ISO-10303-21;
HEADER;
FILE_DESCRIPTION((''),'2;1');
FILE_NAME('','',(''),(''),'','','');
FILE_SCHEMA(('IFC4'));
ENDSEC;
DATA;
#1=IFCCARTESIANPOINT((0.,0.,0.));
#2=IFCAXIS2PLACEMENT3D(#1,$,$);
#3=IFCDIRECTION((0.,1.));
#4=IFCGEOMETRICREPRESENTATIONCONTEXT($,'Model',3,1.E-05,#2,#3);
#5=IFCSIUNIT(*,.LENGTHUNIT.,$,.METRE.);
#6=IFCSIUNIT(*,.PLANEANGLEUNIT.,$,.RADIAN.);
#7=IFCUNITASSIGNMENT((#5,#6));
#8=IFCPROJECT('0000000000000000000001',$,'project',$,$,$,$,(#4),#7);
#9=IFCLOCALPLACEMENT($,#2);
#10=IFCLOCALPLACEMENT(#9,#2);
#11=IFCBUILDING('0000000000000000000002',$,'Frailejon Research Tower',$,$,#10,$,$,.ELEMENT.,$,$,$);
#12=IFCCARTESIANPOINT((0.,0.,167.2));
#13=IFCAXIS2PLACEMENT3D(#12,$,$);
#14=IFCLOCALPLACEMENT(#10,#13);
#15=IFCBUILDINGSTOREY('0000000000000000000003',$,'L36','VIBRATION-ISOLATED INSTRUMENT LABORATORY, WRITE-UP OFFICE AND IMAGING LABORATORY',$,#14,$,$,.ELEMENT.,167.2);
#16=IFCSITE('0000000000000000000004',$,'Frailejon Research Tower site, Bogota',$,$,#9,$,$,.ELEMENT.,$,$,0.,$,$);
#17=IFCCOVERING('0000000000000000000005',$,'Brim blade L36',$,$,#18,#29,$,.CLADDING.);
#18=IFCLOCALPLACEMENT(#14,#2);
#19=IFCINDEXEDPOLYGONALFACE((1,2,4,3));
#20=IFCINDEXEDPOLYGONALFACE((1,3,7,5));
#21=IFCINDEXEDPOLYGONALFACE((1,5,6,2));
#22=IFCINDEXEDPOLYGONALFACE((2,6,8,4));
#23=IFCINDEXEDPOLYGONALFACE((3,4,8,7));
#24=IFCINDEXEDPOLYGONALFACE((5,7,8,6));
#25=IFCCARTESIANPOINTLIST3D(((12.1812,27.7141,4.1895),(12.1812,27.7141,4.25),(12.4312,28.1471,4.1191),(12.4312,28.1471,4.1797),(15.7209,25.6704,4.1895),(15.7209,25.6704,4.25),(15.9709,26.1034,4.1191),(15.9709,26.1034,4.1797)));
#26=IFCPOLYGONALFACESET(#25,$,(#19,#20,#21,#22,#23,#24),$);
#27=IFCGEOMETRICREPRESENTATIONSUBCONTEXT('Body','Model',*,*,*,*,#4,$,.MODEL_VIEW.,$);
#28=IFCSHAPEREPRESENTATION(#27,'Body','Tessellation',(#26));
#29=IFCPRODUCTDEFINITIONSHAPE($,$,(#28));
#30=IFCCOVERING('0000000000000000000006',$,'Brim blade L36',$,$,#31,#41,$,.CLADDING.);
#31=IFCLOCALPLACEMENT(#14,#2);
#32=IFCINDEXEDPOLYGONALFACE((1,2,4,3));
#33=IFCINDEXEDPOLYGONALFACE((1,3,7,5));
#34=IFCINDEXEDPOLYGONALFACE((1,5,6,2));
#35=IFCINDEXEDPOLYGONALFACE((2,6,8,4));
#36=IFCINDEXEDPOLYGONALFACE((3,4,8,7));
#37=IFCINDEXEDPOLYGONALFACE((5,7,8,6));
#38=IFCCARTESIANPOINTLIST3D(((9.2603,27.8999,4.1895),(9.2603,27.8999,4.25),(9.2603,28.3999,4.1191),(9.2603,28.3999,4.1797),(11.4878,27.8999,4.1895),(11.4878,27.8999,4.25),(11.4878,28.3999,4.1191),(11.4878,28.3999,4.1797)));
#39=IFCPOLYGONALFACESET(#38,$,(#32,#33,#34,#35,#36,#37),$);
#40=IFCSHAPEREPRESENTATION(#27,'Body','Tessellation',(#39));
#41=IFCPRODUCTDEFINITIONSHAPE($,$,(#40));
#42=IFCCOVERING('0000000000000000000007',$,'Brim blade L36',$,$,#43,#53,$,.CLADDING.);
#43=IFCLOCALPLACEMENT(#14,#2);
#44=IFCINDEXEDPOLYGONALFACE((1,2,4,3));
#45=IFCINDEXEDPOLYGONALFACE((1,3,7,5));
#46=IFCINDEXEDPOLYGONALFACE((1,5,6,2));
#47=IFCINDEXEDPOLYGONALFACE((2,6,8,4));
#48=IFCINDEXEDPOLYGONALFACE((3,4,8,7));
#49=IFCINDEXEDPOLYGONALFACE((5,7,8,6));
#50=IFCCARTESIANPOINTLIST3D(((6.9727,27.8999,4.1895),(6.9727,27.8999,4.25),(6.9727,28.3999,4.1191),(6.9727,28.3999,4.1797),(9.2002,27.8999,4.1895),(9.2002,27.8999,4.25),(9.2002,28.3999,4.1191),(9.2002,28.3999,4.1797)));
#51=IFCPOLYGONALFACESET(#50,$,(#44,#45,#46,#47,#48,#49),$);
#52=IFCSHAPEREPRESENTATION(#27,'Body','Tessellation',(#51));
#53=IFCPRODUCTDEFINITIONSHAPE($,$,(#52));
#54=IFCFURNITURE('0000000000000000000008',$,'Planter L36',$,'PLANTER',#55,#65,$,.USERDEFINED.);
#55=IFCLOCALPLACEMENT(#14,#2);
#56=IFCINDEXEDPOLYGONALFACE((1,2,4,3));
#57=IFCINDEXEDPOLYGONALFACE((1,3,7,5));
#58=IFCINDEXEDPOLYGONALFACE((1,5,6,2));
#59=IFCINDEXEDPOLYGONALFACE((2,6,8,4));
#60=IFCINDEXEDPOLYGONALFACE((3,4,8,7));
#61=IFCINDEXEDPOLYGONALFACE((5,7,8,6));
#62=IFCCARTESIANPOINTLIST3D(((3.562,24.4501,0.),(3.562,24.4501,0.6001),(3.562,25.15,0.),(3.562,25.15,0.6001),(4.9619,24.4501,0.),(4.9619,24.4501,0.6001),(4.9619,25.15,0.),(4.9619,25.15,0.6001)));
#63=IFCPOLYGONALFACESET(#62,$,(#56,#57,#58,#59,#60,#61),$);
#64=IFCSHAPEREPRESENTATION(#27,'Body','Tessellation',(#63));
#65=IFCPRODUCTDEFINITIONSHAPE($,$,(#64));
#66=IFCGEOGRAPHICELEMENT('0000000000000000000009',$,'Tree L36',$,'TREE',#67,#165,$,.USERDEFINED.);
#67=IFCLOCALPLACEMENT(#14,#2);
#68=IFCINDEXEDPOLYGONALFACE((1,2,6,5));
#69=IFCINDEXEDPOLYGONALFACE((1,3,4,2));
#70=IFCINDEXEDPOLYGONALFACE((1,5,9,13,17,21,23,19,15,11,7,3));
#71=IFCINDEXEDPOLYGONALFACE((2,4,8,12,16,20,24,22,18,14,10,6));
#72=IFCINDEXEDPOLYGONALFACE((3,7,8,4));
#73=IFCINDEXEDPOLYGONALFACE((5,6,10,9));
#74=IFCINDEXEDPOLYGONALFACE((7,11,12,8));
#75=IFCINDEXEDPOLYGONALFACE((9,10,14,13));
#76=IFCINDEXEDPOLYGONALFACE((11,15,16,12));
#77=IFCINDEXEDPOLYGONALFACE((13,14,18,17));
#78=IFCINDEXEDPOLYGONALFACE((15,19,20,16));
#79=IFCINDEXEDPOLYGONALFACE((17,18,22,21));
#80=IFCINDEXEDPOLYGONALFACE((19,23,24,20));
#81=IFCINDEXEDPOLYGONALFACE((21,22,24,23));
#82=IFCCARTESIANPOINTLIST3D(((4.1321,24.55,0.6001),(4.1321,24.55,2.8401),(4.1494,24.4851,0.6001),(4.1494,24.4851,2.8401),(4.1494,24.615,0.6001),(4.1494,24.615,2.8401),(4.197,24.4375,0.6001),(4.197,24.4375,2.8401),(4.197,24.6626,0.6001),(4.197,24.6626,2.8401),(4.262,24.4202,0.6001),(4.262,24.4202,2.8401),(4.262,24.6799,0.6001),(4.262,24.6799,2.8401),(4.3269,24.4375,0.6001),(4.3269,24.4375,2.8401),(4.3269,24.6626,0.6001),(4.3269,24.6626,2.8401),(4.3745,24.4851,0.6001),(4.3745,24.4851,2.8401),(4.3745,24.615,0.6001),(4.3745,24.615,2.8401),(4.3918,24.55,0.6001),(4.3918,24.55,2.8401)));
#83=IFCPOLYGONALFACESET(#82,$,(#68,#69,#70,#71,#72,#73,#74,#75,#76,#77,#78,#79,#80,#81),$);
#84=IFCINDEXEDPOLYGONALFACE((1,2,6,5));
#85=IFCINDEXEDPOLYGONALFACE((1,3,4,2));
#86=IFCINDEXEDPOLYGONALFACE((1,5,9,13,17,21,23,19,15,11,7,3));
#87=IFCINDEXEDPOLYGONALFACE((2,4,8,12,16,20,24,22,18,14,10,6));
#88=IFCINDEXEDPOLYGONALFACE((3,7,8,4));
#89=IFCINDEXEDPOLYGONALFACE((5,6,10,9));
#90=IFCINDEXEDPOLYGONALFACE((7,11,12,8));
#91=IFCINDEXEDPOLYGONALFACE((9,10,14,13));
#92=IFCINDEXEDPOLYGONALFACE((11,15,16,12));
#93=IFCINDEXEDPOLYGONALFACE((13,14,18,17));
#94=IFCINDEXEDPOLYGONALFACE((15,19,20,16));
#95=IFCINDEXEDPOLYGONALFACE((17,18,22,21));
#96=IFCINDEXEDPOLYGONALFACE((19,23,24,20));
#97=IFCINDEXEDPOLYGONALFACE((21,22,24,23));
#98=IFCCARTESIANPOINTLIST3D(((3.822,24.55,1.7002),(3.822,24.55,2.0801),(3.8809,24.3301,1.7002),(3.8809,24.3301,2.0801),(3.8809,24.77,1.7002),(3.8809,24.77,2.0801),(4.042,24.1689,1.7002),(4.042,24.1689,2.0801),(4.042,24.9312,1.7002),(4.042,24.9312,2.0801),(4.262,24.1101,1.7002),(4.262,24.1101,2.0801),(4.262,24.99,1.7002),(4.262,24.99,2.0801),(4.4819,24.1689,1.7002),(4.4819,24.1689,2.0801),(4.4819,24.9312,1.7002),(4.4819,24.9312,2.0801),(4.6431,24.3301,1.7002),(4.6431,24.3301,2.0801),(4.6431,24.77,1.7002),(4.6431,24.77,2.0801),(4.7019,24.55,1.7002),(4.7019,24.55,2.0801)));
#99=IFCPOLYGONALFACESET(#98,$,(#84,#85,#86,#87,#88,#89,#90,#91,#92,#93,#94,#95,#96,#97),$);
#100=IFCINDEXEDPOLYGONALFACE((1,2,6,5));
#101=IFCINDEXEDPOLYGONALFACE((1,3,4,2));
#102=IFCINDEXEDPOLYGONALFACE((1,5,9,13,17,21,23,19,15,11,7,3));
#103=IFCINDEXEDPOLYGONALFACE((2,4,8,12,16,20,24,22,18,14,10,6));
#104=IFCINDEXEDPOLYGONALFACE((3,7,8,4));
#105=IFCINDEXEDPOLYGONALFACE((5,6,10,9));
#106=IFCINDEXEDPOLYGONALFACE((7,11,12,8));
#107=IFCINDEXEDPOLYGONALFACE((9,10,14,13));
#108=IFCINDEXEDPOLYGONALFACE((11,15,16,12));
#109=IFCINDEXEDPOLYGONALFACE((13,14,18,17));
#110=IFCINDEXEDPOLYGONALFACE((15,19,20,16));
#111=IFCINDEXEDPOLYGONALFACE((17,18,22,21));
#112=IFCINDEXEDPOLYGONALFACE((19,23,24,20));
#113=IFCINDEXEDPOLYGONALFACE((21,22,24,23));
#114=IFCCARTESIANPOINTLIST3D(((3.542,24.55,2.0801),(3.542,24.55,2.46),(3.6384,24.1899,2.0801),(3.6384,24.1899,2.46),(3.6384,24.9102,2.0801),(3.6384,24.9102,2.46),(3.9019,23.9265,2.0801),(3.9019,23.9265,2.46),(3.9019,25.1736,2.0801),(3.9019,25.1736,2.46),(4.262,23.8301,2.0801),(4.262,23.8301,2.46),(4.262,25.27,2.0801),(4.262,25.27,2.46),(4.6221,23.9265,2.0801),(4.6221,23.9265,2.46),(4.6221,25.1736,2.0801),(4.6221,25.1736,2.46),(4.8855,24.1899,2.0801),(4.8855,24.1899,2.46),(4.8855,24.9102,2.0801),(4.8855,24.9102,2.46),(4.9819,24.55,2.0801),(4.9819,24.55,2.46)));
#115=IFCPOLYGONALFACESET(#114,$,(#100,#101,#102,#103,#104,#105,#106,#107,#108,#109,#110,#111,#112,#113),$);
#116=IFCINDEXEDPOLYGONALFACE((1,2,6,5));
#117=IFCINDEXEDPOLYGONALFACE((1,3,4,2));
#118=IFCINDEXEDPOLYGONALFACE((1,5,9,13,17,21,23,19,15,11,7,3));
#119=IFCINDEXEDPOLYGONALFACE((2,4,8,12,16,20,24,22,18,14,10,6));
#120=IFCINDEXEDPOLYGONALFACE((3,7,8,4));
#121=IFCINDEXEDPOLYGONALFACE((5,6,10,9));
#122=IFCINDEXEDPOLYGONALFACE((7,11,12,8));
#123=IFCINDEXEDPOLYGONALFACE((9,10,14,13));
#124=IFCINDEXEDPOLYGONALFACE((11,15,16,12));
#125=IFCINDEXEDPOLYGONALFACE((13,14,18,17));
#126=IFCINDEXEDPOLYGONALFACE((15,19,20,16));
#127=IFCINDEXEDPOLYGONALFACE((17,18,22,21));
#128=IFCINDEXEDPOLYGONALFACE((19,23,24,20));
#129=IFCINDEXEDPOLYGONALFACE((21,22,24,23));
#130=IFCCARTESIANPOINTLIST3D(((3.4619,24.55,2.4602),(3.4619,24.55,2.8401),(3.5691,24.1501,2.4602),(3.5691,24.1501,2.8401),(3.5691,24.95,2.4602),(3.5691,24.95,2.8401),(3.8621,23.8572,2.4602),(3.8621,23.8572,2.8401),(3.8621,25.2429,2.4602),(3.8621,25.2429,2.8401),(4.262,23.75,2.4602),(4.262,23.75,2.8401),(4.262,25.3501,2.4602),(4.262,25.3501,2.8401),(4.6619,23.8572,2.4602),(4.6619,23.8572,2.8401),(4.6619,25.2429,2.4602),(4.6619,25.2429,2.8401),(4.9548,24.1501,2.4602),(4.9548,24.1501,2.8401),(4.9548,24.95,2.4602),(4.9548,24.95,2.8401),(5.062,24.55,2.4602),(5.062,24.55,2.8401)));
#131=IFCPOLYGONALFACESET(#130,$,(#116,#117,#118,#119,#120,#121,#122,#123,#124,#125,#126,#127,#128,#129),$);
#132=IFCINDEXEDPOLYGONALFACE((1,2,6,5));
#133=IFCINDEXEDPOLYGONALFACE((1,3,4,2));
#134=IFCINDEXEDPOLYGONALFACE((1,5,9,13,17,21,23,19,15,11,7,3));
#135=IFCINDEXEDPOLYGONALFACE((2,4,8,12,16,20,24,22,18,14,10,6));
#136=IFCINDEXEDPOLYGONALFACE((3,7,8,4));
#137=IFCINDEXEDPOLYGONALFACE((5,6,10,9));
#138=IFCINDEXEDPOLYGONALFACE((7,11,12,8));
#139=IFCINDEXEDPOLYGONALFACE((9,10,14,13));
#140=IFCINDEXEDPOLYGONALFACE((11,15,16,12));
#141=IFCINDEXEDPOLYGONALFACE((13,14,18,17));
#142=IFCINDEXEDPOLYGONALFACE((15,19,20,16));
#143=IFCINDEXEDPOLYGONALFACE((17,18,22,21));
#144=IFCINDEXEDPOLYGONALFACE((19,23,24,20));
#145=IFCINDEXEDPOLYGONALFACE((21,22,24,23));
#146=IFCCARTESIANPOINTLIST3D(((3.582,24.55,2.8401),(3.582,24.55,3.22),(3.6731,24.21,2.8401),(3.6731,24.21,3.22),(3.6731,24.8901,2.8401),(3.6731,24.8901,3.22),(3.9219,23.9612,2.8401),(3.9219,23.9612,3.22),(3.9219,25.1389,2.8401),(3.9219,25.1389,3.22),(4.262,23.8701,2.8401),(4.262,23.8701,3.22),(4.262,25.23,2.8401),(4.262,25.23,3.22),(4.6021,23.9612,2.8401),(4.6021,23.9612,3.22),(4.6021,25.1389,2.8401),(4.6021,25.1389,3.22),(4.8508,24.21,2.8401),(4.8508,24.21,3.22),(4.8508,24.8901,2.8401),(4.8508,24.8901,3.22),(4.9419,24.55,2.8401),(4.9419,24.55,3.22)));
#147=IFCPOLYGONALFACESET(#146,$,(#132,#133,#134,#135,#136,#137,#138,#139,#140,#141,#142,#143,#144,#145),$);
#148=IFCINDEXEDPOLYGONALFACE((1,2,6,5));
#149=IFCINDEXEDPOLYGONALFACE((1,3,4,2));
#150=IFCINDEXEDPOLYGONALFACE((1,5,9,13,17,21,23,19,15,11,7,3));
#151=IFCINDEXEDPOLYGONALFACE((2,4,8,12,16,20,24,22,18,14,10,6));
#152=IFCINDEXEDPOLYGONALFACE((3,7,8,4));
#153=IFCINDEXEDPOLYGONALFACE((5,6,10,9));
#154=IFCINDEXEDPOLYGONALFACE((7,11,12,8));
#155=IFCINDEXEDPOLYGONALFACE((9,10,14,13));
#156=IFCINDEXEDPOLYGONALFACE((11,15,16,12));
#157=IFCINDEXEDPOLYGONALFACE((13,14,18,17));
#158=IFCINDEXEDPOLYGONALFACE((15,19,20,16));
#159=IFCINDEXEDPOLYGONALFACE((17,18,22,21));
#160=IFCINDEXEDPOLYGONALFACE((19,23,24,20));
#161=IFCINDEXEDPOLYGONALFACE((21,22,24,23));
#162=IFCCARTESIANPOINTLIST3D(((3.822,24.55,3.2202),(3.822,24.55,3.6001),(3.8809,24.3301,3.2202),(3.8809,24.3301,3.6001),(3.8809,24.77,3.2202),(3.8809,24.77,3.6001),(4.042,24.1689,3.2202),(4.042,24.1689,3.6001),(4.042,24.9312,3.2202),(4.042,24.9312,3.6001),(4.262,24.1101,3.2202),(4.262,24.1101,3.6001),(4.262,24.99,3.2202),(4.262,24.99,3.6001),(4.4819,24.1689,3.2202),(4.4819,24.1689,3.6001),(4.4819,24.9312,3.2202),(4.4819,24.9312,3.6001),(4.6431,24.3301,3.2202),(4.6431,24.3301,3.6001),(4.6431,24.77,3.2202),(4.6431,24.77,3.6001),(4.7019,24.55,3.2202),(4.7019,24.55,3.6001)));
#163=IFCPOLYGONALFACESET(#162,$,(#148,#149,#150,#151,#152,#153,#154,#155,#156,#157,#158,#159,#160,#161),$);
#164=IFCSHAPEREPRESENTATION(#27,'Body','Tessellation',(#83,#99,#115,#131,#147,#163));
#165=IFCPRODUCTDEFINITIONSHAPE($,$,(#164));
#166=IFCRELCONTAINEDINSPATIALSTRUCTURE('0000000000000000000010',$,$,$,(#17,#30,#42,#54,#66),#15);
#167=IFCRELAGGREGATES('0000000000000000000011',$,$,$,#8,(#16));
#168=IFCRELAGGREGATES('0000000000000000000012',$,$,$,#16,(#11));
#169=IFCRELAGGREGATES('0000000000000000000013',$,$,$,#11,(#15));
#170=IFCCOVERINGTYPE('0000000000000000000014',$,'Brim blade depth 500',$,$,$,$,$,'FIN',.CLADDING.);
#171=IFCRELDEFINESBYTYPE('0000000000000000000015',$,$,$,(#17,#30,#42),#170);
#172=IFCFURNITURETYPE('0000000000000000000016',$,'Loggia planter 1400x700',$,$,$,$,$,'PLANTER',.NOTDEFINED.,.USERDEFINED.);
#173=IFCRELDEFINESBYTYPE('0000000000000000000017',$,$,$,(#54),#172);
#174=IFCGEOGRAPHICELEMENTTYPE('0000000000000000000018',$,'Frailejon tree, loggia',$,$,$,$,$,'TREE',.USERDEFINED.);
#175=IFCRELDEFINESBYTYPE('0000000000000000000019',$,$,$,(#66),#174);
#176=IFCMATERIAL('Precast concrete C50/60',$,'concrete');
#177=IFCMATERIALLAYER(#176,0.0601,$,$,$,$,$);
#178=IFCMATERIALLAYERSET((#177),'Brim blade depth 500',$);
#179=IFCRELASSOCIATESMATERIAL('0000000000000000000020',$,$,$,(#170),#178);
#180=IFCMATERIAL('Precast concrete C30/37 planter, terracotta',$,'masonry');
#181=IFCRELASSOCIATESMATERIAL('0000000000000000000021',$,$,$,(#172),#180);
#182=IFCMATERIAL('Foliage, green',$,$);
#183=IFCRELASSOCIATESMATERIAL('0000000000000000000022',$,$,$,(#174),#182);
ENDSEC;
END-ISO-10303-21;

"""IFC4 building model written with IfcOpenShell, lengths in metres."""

from ifc_helpers import new_model, si_unit, direction, frame, origin, origin_2d, place, context, subcontext, project, spatial, polyline, rectangle, outline, extrude, material, layer, layer_set, type_object, element, save


model = new_model("IFC4")

# Units and contexts
model_context = context("Model", 3, precision=1e-05, world=origin(), true_north=direction((0.0, 1.0)))
body_context = subcontext(model_context, "Body", "Model", "MODEL_VIEW")
ifc_project = project(units=[si_unit("LENGTHUNIT", "METRE"), si_unit("PLANEANGLEUNIT", "RADIAN")], contexts=[model_context])

# Site, building, storey
site_placement = place(None, origin())
site = spatial("IfcSite", under=ifc_project, at=site_placement, Name="Frailejon Research Tower site, Bogota", CompositionType="ELEMENT", RefElevation=0.0)
building_placement = place(site_placement, origin())
building = spatial("IfcBuilding", under=site, at=building_placement, Name="Frailejon Research Tower", CompositionType="ELEMENT")
storey_placement = place(building_placement, frame((0.0, 0.0, 167.2)))
storey = spatial("IfcBuildingStorey", under=building, at=storey_placement, Name="L36", Description="VIBRATION-ISOLATED INSTRUMENT LABORATORY, WRITE-UP OFFICE AND IMAGING LABORATORY", CompositionType="ELEMENT", Elevation=167.2)

# Coverings
ifc_material_1 = material(Name="Precast concrete C50/60", Category="concrete")
ifc_layer_1 = layer(ifc_material_1, 0.0601)
ifc_layer_set_1 = layer_set([ifc_layer_1], Name="Brim blade depth 500")
covering_type_1 = type_object("IfcCoveringType", Name="Brim blade depth 500", ElementType="FIN", PredefinedType="CLADDING", material=ifc_layer_set_1)
covering_placement = place(storey_placement, frame((12.1812, 27.7141, 4.25), z_axis=(0.866021, -0.500007, 0.0), x_axis=(0.500007, 0.866021, 0.0)))
element("IfcCovering", 1, at=covering_placement, inside=storey, type_object=covering_type_1, Name="Brim blade L36", PredefinedType="CLADDING", context=body_context, shape_type="SweptSolid", body=[
    extrude(outline(polyline([(0.0, -0.0605), (0.5, -0.1309), (0.5, -0.0703), (0.0, 0.0), (0.0, -0.0605)])), origin(), (0.0, 0.0, 1.0), 4.0874),
])
for number, where, z_axis, x_axis, name in (
    (2, (9.2603, 27.8999, 4.25), (1.0, 0.0, 0.0), (0.0, 1.0, 0.0), "Brim blade L36"),
    (3, (6.9727, 27.8999, 4.25), (1.0, 0.0, 0.0), (0.0, 1.0, 0.0), "Brim blade L36"),
):
    element("IfcCovering", number, at=place(storey_placement, frame(where, z_axis=z_axis, x_axis=x_axis)), inside=storey, type_object=covering_type_1, Name=name, PredefinedType="CLADDING", context=body_context, shape_type="SweptSolid", body=[
        extrude(outline(polyline([(0.0, -0.0605), (0.5, -0.1309), (0.5, -0.0703), (0.0, 0.0), (0.0, -0.0605)])), origin(), (0.0, 0.0, 1.0), 2.2275),
    ])

# Furniture
ifc_material_2 = material(Name="Precast concrete C30/37 planter, terracotta", Category="masonry")
furniture_type = type_object("IfcFurnitureType", Name="Loggia planter 1400x700", ElementType="PLANTER", AssemblyPlace="NOTDEFINED", PredefinedType="USERDEFINED", material=ifc_material_2)
furniture_placement = place(storey_placement, frame((4.262, 24.8, 0.0), z_axis=(0.0, 0.0, 1.0), x_axis=(-1.0, 0.0, 0.0)))
element("IfcFurniture", 4, at=furniture_placement, inside=storey, type_object=furniture_type, Name="Planter L36", ObjectType="PLANTER", PredefinedType="USERDEFINED", context=body_context, shape_type="SweptSolid", body=[
    extrude(rectangle(XDim=1.3999, YDim=0.7, at=origin_2d()), origin(), (0.0, 0.0, 1.0), 0.6001),
])

# Geographic element
ifc_material_3 = material(Name="Foliage, green")
geographic_element_type = type_object("IfcGeographicElementType", Name="Frailejon tree, loggia", ElementType="TREE", PredefinedType="USERDEFINED", material=ifc_material_3)
geographic_element_placement = place(storey_placement, frame((4.262, 24.55, 0.6001)))
element("IfcGeographicElement", 5, at=geographic_element_placement, inside=storey, type_object=geographic_element_type, Name="Tree L36", ObjectType="TREE", PredefinedType="USERDEFINED", context=body_context, shape_type="SweptSolid", body=[
    extrude(outline(polyline([(0.1299, 0.0), (0.1125, 0.0649), (0.0649, 0.1125), (0.0, 0.1299), (-0.0649, 0.1125), (-0.1125, 0.0649), (-0.1299, 0.0), (-0.1125, -0.0649), (-0.0649, -0.1125), (0.0, -0.1299), (0.0649, -0.1125), (0.1125, -0.0649), (0.1299, 0.0)])), origin(), (0.0, 0.0, 1.0), 2.24),
    extrude(outline(polyline([(0.4399, 0.0), (0.3811, 0.22), (0.22, 0.3811), (0.0, 0.4399), (-0.22, 0.3811), (-0.3811, 0.22), (-0.4399, 0.0), (-0.3811, -0.22), (-0.22, -0.3811), (0.0, -0.4399), (0.22, -0.3811), (0.3811, -0.22), (0.4399, 0.0)])), frame((0.0, 0.0, 1.1001)), (0.0, 0.0, 1.0), 0.3799),
    extrude(outline(polyline([(0.72, 0.0), (0.6235, 0.3601), (0.3601, 0.6235), (0.0, 0.72), (-0.3601, 0.6235), (-0.6235, 0.3601), (-0.72, 0.0), (-0.6235, -0.3601), (-0.3601, -0.6235), (0.0, -0.72), (0.3601, -0.6235), (0.6235, -0.3601), (0.72, 0.0)])), frame((0.0, 0.0, 1.48)), (0.0, 0.0, 1.0), 0.3799),
    extrude(outline(polyline([(0.8, 0.0), (0.6929, 0.3999), (0.3999, 0.6929), (0.0, 0.8), (-0.3999, 0.6929), (-0.6929, 0.3999), (-0.8, 0.0), (-0.6929, -0.3999), (-0.3999, -0.6929), (0.0, -0.8), (0.3999, -0.6929), (0.6929, -0.3999), (0.8, 0.0)])), frame((0.0, 0.0, 1.8601)), (0.0, 0.0, 1.0), 0.3799),
    extrude(outline(polyline([(0.6799, 0.0), (0.5889, 0.3401), (0.3401, 0.5889), (0.0, 0.6799), (-0.3401, 0.5889), (-0.5889, 0.3401), (-0.6799, 0.0), (-0.5889, -0.3401), (-0.3401, -0.5889), (0.0, -0.6799), (0.3401, -0.5889), (0.5889, -0.3401), (0.6799, 0.0)])), frame((0.0, 0.0, 2.24)), (0.0, 0.0, 1.0), 0.3799),
    extrude(outline(polyline([(0.4399, 0.0), (0.3811, 0.22), (0.22, 0.3811), (0.0, 0.4399), (-0.22, 0.3811), (-0.3811, 0.22), (-0.4399, 0.0), (-0.3811, -0.22), (-0.22, -0.3811), (0.0, -0.4399), (0.22, -0.3811), (0.3811, -0.22), (0.4399, 0.0)])), frame((0.0, 0.0, 2.6201)), (0.0, 0.0, 1.0), 0.3799),
])

save(model, "model.ifc")
